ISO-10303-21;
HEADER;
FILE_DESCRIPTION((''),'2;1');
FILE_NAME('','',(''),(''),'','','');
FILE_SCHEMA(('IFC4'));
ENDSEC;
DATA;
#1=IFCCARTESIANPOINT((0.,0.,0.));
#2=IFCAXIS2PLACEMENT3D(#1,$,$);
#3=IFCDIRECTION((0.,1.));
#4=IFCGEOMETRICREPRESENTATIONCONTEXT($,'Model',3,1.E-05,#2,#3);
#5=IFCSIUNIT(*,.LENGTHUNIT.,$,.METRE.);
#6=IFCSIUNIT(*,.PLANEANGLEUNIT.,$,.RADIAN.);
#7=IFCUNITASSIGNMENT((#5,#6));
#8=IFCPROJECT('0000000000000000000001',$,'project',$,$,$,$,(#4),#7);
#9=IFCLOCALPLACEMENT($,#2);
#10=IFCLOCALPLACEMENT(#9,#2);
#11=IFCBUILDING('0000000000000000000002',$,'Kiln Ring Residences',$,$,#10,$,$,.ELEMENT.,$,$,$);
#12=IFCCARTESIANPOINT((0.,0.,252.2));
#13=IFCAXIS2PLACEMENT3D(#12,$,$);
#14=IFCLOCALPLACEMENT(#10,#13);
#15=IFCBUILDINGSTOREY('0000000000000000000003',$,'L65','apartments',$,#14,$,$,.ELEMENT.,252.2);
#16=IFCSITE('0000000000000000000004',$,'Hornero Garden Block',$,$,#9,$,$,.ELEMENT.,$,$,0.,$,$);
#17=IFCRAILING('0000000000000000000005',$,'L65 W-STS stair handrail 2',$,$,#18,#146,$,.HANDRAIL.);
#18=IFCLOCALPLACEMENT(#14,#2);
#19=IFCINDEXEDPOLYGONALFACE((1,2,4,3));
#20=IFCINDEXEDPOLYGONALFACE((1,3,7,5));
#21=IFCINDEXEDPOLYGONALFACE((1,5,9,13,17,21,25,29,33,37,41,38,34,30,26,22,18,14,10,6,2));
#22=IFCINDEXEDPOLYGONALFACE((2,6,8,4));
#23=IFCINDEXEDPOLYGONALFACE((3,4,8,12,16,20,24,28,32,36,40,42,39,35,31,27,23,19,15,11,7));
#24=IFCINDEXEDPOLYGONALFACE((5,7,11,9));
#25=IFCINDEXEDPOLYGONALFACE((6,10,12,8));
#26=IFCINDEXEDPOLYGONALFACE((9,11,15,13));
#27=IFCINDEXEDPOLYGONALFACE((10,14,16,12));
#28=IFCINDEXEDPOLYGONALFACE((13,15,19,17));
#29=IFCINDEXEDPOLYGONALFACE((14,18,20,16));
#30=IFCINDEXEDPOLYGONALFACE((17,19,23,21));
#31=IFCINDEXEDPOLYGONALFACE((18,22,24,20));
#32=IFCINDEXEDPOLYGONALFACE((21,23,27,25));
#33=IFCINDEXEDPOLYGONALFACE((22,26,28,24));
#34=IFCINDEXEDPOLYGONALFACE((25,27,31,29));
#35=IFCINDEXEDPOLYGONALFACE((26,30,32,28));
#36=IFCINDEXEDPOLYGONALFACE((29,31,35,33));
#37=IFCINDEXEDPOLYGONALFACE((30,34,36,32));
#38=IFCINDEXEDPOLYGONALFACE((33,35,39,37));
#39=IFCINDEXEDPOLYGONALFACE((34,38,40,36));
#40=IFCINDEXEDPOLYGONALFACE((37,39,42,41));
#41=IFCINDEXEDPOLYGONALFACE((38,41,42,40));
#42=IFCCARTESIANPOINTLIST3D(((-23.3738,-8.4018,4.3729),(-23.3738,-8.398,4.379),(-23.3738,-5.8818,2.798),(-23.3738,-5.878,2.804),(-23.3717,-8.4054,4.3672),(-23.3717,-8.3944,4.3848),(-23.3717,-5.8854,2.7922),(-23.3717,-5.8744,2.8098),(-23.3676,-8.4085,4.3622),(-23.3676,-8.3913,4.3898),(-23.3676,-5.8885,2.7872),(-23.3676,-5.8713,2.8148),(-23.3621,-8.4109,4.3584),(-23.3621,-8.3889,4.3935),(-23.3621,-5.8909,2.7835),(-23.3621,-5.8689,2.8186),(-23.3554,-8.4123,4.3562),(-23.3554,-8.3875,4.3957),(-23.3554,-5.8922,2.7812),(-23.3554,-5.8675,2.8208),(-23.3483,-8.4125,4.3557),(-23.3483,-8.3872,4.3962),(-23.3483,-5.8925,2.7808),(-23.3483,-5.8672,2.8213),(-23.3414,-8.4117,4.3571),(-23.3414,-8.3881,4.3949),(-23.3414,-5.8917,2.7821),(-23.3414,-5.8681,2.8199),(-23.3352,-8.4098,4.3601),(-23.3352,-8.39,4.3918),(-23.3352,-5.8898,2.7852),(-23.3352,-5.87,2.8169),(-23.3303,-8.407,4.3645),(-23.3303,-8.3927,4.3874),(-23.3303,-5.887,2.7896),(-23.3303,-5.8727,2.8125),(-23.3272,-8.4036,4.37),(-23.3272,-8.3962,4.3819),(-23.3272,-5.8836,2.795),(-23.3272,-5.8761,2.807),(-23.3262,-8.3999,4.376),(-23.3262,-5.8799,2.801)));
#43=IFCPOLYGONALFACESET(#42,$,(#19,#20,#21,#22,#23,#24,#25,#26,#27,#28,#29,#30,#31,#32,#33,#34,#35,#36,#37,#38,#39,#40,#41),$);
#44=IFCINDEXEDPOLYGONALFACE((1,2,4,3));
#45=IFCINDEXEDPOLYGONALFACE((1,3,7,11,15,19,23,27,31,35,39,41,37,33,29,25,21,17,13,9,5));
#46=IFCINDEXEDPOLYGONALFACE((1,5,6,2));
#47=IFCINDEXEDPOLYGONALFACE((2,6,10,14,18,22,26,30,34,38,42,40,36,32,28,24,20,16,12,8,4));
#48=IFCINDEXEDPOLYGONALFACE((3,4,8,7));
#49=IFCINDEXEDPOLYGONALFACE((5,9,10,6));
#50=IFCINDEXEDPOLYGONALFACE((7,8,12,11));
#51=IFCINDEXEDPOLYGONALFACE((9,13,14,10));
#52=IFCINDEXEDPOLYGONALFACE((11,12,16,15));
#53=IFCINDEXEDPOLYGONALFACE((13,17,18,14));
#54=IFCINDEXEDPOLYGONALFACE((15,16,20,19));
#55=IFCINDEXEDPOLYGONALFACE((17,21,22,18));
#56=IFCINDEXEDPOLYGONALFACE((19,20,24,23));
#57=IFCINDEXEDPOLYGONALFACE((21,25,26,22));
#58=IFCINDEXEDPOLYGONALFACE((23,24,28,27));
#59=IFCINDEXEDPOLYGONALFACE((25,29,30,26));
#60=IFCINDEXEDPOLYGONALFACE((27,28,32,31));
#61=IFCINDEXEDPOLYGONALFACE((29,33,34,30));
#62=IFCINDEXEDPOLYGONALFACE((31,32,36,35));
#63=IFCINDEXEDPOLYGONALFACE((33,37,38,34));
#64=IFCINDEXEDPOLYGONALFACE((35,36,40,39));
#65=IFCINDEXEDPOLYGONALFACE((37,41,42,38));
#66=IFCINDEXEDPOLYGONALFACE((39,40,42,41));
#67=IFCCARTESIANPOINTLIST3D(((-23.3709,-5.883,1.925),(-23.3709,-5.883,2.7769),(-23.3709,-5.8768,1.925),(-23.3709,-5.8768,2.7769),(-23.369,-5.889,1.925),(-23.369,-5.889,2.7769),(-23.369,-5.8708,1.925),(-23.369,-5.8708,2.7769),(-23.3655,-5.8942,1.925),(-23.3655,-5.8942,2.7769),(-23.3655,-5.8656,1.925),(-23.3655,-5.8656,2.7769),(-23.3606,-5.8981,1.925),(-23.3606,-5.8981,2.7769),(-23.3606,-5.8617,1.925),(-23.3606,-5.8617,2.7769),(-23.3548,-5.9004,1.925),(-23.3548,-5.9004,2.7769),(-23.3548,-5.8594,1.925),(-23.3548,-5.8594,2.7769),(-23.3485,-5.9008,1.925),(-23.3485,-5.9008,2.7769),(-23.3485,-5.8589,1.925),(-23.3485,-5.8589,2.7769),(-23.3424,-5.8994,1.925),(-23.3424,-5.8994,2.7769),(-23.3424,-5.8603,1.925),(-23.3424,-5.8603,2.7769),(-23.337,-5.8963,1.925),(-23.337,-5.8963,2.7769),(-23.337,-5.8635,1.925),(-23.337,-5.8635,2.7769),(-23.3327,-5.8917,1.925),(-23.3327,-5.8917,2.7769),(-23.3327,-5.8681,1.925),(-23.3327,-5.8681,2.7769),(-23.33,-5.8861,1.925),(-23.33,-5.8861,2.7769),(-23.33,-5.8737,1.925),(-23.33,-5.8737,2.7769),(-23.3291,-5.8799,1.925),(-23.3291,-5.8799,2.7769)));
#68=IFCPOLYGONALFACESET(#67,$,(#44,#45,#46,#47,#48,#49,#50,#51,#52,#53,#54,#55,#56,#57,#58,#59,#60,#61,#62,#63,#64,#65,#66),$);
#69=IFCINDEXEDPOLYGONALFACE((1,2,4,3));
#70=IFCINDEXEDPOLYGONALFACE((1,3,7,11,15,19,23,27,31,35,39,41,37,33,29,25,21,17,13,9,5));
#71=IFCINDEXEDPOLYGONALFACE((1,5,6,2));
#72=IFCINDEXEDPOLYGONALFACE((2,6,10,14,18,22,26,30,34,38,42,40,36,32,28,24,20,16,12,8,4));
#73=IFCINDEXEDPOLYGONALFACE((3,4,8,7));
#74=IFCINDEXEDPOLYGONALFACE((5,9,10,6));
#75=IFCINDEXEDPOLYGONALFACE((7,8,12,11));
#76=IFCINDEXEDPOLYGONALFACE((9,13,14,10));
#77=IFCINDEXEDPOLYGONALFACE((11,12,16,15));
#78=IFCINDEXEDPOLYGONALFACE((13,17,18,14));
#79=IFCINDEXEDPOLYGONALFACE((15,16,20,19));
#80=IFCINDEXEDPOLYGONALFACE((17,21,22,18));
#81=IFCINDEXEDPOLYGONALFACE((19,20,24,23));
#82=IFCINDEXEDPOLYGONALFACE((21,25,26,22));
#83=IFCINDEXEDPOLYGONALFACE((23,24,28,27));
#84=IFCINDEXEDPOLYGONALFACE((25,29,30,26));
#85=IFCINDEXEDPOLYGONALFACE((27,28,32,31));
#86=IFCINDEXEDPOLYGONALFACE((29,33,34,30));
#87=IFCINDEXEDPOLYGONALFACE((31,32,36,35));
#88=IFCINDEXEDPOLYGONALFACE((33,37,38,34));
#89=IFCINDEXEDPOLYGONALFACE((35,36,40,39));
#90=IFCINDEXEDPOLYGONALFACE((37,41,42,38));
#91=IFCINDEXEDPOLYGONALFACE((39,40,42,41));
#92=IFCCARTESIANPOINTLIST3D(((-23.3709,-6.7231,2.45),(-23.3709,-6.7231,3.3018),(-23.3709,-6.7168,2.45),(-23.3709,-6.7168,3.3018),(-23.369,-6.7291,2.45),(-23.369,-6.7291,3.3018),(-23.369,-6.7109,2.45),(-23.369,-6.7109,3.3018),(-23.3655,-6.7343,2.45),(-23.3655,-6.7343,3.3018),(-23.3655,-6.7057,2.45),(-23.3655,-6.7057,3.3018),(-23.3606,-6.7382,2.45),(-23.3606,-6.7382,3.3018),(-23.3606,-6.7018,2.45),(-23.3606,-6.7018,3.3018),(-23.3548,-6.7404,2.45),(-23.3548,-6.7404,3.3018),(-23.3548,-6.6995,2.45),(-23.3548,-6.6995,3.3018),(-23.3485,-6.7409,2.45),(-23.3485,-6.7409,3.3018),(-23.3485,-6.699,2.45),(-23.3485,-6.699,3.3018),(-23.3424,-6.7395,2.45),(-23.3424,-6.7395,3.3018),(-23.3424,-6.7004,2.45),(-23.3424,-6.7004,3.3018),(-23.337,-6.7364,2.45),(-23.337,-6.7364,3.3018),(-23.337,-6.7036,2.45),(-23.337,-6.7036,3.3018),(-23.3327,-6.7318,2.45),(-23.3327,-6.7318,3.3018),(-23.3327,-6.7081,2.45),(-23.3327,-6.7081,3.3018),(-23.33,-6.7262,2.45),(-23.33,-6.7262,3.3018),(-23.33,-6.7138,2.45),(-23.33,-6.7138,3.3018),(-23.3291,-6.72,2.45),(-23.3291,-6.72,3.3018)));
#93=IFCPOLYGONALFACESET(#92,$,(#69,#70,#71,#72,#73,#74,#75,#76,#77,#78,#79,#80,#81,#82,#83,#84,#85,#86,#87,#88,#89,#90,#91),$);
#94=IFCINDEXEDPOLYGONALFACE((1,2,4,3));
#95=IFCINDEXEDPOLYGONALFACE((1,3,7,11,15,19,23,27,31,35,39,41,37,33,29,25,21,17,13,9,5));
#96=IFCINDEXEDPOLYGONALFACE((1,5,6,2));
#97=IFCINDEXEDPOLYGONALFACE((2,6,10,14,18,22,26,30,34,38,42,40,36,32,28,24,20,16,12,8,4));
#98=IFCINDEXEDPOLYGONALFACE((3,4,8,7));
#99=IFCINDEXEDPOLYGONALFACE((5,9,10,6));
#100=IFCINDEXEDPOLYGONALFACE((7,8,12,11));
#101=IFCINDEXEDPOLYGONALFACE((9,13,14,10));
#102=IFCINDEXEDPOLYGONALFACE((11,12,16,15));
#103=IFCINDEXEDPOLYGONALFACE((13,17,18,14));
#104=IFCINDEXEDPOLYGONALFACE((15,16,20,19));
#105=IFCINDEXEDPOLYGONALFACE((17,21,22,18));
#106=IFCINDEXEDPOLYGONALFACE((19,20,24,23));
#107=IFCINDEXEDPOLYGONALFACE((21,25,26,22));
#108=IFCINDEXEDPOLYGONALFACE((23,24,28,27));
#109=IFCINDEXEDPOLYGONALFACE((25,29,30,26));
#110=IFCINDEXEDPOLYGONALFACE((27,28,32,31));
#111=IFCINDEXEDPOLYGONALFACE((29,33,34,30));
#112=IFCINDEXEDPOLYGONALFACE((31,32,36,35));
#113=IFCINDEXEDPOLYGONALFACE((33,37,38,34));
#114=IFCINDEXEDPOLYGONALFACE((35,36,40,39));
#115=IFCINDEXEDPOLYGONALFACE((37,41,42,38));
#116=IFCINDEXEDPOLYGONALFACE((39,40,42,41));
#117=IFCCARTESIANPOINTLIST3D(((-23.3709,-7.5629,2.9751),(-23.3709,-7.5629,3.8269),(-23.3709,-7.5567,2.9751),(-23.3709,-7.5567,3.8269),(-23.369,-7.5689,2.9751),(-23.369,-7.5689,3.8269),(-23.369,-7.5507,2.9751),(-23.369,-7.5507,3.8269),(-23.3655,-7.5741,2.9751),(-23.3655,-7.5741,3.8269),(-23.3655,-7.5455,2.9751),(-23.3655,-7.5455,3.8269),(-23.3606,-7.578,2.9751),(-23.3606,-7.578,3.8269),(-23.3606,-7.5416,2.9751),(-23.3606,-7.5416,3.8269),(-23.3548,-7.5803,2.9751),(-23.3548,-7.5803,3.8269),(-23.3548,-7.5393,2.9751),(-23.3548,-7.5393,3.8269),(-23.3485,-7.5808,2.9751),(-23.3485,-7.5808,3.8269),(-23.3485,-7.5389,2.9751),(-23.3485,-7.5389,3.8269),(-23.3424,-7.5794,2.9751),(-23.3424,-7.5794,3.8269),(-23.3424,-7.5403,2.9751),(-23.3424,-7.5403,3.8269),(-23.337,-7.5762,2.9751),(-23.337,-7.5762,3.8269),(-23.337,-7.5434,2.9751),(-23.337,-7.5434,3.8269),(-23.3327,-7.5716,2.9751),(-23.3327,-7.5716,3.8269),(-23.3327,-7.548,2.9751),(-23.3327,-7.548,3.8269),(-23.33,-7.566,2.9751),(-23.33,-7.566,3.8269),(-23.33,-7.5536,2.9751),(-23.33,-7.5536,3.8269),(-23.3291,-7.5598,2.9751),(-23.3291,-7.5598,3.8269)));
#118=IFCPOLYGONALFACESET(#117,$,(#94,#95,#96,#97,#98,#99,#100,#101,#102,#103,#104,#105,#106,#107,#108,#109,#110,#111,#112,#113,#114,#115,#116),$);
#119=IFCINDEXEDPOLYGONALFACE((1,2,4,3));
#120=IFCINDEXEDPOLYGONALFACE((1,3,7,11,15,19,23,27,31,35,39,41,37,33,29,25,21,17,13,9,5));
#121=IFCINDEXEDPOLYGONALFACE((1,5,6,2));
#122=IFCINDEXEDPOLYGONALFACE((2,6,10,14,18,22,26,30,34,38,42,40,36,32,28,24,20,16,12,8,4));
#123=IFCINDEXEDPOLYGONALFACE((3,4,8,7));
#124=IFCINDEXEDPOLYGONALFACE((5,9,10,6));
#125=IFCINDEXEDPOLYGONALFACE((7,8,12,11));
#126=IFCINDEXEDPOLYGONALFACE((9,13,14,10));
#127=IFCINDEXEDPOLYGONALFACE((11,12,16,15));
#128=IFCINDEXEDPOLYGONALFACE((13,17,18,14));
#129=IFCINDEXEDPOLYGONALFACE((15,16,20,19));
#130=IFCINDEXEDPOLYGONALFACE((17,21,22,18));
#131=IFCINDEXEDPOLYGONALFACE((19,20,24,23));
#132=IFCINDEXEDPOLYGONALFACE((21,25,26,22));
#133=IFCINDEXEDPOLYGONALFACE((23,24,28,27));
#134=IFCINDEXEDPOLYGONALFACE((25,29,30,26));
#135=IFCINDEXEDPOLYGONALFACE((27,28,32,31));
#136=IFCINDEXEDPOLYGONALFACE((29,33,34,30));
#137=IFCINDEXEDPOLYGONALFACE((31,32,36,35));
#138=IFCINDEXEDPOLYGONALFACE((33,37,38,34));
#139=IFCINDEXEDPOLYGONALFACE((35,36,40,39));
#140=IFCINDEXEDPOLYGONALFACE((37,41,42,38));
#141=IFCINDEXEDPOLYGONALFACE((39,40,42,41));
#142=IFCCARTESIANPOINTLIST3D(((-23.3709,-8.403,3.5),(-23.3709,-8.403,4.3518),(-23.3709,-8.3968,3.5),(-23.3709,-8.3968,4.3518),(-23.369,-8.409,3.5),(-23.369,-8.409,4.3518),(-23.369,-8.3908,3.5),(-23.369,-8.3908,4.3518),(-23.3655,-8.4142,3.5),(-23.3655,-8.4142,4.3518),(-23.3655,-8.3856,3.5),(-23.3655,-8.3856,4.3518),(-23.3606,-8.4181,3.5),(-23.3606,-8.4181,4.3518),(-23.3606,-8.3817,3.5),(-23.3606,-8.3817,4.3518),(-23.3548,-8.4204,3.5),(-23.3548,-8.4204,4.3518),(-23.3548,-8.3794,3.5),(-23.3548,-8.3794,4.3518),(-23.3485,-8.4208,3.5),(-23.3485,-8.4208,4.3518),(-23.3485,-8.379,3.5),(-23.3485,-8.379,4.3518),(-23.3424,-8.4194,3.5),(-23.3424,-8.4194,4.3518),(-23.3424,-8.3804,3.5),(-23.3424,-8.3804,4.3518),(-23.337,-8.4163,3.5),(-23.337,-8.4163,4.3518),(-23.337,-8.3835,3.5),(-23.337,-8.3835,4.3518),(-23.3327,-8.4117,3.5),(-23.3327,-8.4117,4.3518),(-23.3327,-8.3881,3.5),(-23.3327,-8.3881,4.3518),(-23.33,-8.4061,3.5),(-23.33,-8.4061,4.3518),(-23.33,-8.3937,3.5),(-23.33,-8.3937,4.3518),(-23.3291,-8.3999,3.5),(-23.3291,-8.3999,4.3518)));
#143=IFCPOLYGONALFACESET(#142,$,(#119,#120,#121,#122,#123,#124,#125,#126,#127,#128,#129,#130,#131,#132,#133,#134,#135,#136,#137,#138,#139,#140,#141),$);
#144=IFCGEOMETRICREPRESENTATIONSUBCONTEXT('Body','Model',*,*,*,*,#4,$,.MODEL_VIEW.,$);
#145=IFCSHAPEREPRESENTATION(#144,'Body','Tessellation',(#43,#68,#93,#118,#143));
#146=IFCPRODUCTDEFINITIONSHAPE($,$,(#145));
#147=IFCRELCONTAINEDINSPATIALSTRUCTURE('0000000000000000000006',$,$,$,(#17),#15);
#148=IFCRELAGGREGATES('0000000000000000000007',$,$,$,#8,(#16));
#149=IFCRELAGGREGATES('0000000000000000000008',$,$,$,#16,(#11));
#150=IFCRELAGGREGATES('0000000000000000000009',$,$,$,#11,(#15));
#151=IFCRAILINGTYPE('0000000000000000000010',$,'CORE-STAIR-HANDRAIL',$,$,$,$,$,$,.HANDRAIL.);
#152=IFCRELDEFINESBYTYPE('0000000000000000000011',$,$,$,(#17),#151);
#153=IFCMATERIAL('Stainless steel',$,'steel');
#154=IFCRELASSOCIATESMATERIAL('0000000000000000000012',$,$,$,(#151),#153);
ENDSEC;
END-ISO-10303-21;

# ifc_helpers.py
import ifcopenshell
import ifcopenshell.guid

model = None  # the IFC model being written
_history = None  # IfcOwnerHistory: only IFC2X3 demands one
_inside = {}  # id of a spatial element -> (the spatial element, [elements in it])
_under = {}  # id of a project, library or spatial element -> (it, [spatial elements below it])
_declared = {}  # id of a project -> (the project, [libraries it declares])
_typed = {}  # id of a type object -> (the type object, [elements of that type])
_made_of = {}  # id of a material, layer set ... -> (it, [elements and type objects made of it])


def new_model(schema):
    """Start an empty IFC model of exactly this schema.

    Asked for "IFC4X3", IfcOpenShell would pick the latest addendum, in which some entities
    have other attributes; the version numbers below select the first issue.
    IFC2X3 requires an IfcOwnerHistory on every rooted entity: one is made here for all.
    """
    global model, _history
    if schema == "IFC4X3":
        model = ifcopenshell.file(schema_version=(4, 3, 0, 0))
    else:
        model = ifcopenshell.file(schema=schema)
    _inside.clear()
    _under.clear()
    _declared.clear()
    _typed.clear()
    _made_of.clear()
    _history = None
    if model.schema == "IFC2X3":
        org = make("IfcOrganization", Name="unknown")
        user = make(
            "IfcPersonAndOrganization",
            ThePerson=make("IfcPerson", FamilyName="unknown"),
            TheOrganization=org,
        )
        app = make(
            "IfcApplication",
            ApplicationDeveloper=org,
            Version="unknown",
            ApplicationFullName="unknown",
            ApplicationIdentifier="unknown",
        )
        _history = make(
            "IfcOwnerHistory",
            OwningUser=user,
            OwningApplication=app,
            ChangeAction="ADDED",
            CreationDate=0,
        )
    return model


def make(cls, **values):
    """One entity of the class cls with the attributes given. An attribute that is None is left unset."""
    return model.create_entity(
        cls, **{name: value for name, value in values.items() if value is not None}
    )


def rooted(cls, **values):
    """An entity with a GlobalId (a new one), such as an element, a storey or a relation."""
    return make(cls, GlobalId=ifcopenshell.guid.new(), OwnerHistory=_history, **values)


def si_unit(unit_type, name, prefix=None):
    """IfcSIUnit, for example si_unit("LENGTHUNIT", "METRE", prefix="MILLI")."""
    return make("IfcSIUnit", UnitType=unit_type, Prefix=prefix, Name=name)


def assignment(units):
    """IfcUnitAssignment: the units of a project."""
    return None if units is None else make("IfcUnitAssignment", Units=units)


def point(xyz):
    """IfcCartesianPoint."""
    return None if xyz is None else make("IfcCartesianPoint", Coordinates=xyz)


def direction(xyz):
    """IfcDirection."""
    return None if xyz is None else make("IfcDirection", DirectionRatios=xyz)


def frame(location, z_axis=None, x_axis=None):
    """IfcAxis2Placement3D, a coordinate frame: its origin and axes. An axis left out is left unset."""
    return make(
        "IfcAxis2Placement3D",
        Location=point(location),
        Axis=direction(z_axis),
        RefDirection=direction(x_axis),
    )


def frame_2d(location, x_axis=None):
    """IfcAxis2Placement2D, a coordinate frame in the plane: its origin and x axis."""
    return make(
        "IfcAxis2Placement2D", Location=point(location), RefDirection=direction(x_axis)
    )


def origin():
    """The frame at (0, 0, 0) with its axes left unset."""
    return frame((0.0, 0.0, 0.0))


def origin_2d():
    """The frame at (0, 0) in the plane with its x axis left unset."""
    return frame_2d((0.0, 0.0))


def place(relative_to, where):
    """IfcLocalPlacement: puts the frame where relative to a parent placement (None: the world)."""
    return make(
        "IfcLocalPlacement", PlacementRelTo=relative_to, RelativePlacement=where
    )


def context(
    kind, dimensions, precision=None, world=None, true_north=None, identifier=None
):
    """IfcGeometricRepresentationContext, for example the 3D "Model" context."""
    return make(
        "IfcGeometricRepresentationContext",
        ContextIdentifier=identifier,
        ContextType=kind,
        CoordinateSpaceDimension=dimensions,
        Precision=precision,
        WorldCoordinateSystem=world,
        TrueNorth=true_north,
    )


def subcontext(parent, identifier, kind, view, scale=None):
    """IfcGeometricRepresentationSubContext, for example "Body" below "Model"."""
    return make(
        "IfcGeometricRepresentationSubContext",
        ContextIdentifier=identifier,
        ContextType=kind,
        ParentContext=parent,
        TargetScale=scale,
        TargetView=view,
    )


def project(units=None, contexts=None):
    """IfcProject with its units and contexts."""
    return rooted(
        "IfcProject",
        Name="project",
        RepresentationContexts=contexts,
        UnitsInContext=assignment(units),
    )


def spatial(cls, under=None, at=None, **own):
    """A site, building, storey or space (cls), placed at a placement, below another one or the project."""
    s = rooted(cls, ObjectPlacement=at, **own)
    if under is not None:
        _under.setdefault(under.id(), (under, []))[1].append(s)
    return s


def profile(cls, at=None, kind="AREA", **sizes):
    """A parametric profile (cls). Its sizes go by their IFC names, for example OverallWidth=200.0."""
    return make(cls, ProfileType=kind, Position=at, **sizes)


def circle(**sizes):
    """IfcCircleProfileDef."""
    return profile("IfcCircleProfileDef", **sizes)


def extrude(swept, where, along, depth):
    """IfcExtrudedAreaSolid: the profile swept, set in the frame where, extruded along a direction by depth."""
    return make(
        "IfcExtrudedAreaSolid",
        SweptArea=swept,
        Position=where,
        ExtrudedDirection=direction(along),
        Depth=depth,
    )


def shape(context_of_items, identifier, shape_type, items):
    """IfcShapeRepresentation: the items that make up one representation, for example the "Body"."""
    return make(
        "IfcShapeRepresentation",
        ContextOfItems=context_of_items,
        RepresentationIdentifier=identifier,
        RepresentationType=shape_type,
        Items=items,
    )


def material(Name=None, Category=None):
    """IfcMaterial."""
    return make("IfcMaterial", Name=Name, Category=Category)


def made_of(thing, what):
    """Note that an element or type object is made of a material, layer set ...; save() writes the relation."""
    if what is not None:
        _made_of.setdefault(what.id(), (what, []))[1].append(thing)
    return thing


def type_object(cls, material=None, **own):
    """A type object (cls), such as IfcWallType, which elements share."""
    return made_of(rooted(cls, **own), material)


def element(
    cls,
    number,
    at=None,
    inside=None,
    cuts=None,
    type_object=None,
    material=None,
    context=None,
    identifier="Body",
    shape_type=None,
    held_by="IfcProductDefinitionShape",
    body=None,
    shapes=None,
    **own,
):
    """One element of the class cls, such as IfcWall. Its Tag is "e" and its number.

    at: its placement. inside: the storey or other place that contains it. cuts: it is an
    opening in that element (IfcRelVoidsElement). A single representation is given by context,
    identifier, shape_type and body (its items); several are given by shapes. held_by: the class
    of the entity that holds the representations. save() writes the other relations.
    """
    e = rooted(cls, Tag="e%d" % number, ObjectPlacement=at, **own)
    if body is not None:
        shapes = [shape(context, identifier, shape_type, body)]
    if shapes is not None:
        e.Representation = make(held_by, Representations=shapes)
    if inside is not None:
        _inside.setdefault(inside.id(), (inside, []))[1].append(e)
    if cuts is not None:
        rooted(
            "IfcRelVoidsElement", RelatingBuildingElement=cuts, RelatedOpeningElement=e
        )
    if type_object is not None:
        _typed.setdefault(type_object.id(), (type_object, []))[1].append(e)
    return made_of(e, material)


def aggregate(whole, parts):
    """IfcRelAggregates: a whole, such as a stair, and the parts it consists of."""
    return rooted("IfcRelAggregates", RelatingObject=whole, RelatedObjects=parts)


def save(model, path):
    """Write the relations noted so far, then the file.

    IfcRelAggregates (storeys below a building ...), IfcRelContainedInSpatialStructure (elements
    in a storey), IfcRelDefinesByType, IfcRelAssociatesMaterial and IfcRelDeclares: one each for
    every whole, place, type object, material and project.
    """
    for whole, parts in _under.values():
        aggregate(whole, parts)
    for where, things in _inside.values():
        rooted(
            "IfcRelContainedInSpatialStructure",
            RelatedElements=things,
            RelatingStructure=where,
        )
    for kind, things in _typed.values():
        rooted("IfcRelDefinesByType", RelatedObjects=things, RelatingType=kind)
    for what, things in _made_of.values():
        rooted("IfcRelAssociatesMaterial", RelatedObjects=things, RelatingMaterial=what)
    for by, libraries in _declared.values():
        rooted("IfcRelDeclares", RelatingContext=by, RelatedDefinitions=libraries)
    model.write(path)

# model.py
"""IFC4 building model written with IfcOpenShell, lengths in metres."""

from ifc_helpers import new_model, si_unit, direction, frame, origin, origin_2d, place, context, subcontext, project, spatial, circle, extrude, material, type_object, element, save


model = new_model("IFC4")

# Units and contexts
model_context = context("Model", 3, precision=1e-05, world=origin(), true_north=direction((0.0, 1.0)))
body_context = subcontext(model_context, "Body", "Model", "MODEL_VIEW")
ifc_project = project(units=[si_unit("LENGTHUNIT", "METRE"), si_unit("PLANEANGLEUNIT", "RADIAN")], contexts=[model_context])

# Site, building, storey
site_placement = place(None, origin())
site = spatial("IfcSite", under=ifc_project, at=site_placement, Name="Hornero Garden Block", CompositionType="ELEMENT", RefElevation=0.0)
building_placement = place(site_placement, origin())
building = spatial("IfcBuilding", under=site, at=building_placement, Name="Kiln Ring Residences", CompositionType="ELEMENT")
storey_placement = place(building_placement, frame((0.0, 0.0, 252.2)))
storey = spatial("IfcBuildingStorey", under=building, at=storey_placement, Name="L65", Description="apartments", CompositionType="ELEMENT", Elevation=252.2)

# Railing
ifc_material_1 = material(Name="Stainless steel", Category="steel")
railing_type_1 = type_object("IfcRailingType", Name="CORE-STAIR-HANDRAIL", PredefinedType="HANDRAIL", material=ifc_material_1)
railing_1_placement = place(storey_placement, frame((-23.3501, -5.8799, 1.925)))
element("IfcRailing", 1, at=railing_1_placement, inside=storey, type_object=railing_type_1, Name="L65 W-STS stair handrail 2", PredefinedType="HANDRAIL", context=body_context, shape_type="SweptSolid", body=[
    extrude(circle(Radius=0.0239, at=origin_2d()), frame((0.0, 0.0, 0.876), z_axis=(0.0, -0.848008, 0.529984), x_axis=(1.0, 0.0, 0.0)), (0.0, 0.0, 1.0), 2.9717),
    extrude(circle(Radius=0.021, at=origin_2d()), origin(), (0.0, 0.0, 1.0), 0.8518),
    extrude(circle(Radius=0.021, at=origin_2d()), frame((0.0, -0.8401, 0.5249)), (0.0, 0.0, 1.0), 0.8518),
    extrude(circle(Radius=0.021, at=origin_2d()), frame((0.0, -1.6799, 1.05)), (0.0, 0.0, 1.0), 0.8518),
    extrude(circle(Radius=0.021, at=origin_2d()), frame((0.0, -2.52, 1.575)), (0.0, 0.0, 1.0), 0.8518),
])

save(model, "model.ifc")
